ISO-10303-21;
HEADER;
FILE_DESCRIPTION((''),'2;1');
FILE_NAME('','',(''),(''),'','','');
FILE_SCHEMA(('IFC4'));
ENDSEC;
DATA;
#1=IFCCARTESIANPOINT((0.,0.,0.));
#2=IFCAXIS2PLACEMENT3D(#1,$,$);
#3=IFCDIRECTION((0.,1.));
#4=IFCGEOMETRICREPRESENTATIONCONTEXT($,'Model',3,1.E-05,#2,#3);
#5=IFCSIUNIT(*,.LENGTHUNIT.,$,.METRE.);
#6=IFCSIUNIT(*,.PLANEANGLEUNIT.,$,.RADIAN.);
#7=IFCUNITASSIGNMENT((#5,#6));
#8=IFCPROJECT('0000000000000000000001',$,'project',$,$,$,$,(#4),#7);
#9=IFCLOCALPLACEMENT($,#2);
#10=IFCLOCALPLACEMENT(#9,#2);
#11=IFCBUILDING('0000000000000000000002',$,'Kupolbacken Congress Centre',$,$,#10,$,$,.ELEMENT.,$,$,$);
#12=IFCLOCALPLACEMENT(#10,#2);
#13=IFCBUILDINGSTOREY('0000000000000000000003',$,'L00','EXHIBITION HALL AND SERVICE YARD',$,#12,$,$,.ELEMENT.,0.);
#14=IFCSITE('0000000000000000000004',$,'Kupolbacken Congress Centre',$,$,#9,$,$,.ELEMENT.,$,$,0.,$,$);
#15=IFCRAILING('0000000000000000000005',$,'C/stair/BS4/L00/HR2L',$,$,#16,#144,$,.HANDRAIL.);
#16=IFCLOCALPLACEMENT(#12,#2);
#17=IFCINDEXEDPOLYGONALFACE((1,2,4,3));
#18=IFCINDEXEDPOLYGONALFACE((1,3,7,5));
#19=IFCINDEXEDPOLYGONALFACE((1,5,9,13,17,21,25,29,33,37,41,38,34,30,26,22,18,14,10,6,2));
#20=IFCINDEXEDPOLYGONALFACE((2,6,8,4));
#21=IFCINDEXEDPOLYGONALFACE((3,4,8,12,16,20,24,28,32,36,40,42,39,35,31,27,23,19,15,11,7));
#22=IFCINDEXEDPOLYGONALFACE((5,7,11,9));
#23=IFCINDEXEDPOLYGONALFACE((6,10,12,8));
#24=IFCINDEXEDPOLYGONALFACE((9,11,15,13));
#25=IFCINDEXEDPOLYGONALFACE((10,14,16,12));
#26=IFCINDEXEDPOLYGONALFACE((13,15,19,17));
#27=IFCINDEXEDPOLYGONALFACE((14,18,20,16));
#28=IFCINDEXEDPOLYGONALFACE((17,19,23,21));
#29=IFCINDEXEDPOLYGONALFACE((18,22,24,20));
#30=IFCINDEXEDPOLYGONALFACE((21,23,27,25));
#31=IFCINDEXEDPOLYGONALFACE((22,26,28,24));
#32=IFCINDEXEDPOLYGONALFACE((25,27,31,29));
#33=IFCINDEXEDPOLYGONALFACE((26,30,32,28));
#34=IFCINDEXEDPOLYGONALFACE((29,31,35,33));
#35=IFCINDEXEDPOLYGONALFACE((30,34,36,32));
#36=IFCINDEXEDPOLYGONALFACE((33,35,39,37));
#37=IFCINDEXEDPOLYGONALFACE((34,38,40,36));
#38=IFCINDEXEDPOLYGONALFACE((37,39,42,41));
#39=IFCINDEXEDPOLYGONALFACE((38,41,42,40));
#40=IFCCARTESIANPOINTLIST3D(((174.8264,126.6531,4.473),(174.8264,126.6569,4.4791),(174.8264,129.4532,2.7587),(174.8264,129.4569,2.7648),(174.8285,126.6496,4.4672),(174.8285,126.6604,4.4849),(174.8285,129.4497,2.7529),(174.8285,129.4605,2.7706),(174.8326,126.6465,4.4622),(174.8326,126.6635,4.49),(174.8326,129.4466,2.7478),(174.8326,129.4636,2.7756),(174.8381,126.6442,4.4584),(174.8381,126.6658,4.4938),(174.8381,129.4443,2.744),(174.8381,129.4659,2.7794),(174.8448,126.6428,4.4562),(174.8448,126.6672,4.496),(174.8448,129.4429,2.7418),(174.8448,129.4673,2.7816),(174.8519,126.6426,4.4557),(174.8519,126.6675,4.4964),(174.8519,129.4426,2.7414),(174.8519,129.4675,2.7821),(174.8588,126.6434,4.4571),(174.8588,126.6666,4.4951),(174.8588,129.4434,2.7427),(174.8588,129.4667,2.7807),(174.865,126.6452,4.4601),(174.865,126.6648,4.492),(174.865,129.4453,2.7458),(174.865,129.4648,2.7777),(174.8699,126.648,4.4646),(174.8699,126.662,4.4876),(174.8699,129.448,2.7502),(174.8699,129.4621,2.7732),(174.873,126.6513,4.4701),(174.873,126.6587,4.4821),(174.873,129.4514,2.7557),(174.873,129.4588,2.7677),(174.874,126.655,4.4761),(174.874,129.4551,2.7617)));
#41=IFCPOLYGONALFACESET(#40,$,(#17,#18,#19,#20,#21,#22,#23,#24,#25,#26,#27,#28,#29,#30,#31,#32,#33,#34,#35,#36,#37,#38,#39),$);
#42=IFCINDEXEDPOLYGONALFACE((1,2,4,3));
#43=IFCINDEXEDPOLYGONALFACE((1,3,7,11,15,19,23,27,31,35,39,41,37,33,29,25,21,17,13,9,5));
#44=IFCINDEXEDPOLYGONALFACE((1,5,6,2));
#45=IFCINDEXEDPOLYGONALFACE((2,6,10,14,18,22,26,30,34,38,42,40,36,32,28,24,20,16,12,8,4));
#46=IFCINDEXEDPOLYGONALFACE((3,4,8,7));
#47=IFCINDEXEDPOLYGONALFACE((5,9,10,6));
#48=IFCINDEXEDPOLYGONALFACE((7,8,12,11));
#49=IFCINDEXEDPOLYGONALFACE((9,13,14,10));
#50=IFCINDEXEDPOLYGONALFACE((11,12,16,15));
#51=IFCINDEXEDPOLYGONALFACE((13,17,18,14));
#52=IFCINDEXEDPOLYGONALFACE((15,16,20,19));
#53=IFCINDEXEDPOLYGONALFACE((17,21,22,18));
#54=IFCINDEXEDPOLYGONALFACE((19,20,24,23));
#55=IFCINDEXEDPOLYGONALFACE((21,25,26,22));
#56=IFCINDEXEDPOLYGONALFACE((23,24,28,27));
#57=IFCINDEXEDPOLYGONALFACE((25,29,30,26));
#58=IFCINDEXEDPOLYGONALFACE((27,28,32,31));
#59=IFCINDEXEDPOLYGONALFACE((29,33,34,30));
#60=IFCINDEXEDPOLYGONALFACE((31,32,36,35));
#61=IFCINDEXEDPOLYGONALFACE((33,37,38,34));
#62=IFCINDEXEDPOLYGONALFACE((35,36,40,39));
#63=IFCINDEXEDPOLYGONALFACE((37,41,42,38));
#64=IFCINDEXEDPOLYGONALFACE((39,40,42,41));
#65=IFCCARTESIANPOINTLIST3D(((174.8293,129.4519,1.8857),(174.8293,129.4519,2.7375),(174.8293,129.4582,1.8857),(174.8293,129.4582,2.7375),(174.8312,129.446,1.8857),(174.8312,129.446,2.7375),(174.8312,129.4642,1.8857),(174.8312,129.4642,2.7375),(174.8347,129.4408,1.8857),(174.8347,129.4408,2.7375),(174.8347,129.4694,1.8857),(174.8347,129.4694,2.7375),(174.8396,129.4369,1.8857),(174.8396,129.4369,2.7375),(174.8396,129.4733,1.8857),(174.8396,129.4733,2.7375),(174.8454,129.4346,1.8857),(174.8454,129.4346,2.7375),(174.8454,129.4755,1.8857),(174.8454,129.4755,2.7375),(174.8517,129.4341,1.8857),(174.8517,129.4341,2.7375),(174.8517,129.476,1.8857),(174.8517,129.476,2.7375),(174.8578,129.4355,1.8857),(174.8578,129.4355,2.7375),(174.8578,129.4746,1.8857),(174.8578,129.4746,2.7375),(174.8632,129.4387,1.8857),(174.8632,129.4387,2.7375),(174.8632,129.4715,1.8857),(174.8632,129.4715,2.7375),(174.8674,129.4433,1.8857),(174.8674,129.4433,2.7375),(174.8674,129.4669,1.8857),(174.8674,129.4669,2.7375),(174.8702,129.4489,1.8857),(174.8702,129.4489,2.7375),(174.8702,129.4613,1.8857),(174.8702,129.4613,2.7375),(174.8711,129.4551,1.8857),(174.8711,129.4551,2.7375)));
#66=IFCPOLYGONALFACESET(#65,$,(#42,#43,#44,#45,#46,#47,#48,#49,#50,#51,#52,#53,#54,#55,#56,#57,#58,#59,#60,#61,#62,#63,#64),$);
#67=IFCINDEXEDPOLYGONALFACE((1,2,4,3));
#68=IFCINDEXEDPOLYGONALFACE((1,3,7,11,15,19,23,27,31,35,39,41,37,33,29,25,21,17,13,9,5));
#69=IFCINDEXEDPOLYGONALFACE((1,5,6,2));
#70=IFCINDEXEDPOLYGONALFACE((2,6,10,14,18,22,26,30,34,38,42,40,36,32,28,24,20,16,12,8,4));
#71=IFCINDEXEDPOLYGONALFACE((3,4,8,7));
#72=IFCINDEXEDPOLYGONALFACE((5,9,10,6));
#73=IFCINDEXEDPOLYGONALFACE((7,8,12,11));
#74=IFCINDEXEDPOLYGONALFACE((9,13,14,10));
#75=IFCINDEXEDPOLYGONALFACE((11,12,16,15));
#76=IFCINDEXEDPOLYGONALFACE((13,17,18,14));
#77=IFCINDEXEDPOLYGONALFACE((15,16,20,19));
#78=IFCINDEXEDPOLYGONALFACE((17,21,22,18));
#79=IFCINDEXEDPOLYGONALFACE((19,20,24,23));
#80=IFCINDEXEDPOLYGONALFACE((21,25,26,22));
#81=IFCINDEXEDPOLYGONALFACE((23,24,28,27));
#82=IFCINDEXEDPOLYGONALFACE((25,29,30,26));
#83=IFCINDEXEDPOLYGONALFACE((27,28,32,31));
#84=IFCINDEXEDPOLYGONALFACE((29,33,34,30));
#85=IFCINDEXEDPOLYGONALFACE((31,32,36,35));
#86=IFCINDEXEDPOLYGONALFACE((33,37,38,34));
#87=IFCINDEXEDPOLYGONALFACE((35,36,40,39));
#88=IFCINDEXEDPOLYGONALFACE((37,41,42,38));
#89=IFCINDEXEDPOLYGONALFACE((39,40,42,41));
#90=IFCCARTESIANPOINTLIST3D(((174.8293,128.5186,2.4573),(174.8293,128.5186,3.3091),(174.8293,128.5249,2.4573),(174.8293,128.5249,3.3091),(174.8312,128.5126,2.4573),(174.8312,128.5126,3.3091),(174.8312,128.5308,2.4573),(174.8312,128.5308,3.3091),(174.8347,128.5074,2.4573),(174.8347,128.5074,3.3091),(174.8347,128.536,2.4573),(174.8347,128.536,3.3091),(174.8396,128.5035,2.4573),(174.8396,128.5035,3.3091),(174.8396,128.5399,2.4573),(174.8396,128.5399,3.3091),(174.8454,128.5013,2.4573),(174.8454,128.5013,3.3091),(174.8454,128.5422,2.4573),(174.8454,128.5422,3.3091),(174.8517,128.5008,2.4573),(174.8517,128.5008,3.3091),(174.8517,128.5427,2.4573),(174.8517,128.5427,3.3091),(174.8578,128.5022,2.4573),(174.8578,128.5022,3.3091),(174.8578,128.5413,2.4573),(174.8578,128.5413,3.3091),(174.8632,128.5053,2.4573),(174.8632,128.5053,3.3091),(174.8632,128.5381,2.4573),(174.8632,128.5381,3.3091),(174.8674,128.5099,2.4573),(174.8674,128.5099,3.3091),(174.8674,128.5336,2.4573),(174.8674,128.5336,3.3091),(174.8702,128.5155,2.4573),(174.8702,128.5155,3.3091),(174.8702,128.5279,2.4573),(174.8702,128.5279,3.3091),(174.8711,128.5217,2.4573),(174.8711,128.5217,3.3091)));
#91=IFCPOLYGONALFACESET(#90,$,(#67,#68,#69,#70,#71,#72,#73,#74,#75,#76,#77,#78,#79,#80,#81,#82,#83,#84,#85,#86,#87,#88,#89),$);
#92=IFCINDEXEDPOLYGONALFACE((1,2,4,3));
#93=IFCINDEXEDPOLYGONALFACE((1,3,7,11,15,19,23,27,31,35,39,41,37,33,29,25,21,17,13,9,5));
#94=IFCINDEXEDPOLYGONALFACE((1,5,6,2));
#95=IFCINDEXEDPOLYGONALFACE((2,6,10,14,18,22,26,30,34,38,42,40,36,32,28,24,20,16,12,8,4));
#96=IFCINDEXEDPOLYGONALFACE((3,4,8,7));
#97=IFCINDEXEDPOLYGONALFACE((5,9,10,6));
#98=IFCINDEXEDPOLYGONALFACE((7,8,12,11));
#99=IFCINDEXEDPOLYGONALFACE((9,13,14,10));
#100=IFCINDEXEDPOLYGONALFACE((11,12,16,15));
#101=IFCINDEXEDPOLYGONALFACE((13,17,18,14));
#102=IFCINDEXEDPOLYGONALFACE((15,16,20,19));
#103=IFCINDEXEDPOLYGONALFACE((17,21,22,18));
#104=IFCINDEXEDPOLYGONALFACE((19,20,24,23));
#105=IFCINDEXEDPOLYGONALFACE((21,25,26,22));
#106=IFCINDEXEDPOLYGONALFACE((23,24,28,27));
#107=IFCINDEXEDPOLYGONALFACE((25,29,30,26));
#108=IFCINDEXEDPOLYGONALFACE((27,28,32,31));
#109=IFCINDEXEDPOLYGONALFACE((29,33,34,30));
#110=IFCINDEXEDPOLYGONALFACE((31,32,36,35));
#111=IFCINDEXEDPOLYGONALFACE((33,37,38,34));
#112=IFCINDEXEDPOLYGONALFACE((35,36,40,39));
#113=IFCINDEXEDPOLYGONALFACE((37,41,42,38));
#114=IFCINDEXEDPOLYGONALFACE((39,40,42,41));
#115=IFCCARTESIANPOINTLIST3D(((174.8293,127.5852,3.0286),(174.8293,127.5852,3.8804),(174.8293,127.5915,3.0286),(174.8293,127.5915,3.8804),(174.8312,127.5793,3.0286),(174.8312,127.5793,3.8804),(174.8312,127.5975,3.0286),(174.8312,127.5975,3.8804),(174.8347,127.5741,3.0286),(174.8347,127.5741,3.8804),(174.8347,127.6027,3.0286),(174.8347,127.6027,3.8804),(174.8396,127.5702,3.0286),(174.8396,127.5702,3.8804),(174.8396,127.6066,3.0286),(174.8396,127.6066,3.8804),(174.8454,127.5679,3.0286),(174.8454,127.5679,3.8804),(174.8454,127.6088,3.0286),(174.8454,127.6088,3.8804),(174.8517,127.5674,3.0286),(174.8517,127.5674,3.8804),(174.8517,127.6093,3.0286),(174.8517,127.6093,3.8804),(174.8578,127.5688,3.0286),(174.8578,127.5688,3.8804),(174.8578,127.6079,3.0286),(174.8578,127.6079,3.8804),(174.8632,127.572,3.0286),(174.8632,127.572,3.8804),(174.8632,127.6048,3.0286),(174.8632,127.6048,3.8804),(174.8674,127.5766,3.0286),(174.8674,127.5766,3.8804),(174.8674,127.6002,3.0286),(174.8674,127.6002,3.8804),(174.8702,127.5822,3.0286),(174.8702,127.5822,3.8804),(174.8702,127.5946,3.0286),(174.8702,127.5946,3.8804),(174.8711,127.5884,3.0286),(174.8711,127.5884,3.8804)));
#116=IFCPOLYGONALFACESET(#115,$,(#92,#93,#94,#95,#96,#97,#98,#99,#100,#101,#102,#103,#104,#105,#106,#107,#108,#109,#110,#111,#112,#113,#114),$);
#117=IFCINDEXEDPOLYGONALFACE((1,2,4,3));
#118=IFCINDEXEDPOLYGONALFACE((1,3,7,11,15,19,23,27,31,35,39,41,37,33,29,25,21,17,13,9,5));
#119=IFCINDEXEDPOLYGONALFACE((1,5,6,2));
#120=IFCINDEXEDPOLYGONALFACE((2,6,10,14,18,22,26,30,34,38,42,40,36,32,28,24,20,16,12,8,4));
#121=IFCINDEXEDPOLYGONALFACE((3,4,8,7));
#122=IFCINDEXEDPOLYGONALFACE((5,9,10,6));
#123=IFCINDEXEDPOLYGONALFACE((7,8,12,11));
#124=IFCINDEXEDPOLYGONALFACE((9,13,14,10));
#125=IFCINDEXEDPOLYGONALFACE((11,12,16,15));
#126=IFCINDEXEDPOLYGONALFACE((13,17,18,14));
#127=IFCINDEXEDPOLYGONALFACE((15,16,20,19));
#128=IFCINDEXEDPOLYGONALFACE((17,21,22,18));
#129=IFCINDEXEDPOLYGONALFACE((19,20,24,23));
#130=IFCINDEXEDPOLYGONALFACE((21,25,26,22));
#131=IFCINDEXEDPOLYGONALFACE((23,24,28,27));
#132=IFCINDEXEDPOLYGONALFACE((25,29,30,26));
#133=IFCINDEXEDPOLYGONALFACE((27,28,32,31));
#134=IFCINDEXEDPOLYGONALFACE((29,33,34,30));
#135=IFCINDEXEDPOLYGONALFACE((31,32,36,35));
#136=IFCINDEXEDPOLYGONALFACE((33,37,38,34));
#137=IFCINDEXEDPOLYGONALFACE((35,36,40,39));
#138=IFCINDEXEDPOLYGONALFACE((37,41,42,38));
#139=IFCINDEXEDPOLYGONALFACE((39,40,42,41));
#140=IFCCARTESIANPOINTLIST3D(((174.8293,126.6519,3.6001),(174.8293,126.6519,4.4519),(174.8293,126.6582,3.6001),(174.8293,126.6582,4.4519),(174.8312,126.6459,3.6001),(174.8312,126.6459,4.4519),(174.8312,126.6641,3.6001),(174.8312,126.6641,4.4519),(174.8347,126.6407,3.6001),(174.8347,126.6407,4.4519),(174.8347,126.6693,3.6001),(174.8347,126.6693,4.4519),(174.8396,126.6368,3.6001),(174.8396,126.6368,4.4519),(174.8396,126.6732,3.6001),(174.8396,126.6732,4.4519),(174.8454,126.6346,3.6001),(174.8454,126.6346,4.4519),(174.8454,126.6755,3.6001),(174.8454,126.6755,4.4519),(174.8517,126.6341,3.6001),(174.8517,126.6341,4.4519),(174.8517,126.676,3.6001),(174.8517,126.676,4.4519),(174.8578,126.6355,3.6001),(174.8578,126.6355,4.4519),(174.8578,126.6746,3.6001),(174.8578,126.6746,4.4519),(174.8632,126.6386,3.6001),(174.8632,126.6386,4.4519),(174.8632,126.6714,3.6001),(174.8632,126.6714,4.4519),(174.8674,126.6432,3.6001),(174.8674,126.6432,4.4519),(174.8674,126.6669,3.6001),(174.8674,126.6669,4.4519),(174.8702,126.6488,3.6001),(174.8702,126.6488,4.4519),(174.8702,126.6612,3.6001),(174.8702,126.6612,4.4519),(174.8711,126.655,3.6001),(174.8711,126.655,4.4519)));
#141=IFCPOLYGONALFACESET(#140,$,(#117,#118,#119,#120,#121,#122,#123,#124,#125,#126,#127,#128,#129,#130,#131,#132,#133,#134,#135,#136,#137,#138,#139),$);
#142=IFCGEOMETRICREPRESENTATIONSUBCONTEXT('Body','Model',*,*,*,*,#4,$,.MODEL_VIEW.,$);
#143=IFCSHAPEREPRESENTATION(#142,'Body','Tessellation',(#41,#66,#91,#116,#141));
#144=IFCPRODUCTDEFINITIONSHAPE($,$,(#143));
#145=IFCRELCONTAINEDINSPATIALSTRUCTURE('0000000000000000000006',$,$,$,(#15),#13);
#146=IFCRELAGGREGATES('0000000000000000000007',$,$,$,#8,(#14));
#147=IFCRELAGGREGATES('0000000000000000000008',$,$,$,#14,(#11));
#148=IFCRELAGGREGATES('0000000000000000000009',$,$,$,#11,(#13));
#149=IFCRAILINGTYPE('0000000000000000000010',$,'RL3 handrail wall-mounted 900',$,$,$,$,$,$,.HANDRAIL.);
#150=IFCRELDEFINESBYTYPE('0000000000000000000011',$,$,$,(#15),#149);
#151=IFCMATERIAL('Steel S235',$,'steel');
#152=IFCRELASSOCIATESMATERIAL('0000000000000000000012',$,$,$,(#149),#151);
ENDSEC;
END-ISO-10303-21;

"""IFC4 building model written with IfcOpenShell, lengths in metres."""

from ifc_helpers import new_model, si_unit, direction, frame, origin, origin_2d, place, context, subcontext, project, spatial, circle, extrude, material, type_object, element, save


model = new_model("IFC4")

# Units and contexts
model_context = context("Model", 3, precision=1e-05, world=origin(), true_north=direction((0.0, 1.0)))
body_context = subcontext(model_context, "Body", "Model", "MODEL_VIEW")
ifc_project = project(units=[si_unit("LENGTHUNIT", "METRE"), si_unit("PLANEANGLEUNIT", "RADIAN")], contexts=[model_context])

# Site, building, storey
site_placement = place(None, origin())
site = spatial("IfcSite", under=ifc_project, at=site_placement, Name="Kupolbacken Congress Centre", CompositionType="ELEMENT", RefElevation=0.0)
building_placement = place(site_placement, origin())
building = spatial("IfcBuilding", under=site, at=building_placement, Name="Kupolbacken Congress Centre", CompositionType="ELEMENT")
storey_placement = place(building_placement, origin())
storey = spatial("IfcBuildingStorey", under=building, at=storey_placement, Name="L00", Description="EXHIBITION HALL AND SERVICE YARD", CompositionType="ELEMENT", Elevation=0.0)

# Railing
ifc_material_1 = material(Name="Steel S235", Category="steel")
railing_type = type_object("IfcRailingType", Name="RL3 handrail wall-mounted 900", PredefinedType="HANDRAIL", material=ifc_material_1)
railing_placement = place(storey_placement, frame((174.8501, 129.4551, 1.8857)))
element("IfcRailing", 1, at=railing_placement, inside=storey, type_object=railing_type, Name="C/stair/BS4/L00/HR2L", PredefinedType="HANDRAIL", context=body_context, shape_type="SweptSolid", body=[
    extrude(circle(Radius=0.0239, at=origin_2d()), frame((0.0, 0.0, 0.876), z_axis=(0.0, -0.852846, 0.522163), x_axis=(1.0, 0.0, 0.0)), (0.0, 0.0, 1.0), 3.2832),
    extrude(circle(Radius=0.021, at=origin_2d()), origin(), (0.0, 0.0, 1.0), 0.8518),
    extrude(circle(Radius=0.021, at=origin_2d()), frame((0.0, -0.9333, 0.5715)), (0.0, 0.0, 1.0), 0.8518),
    extrude(circle(Radius=0.021, at=origin_2d()), frame((0.0, -1.8667, 1.1428)), (0.0, 0.0, 1.0), 0.8518),
    extrude(circle(Radius=0.021, at=origin_2d()), frame((0.0, -2.8, 1.7144)), (0.0, 0.0, 1.0), 0.8518),
])

save(model, "model.ifc")
